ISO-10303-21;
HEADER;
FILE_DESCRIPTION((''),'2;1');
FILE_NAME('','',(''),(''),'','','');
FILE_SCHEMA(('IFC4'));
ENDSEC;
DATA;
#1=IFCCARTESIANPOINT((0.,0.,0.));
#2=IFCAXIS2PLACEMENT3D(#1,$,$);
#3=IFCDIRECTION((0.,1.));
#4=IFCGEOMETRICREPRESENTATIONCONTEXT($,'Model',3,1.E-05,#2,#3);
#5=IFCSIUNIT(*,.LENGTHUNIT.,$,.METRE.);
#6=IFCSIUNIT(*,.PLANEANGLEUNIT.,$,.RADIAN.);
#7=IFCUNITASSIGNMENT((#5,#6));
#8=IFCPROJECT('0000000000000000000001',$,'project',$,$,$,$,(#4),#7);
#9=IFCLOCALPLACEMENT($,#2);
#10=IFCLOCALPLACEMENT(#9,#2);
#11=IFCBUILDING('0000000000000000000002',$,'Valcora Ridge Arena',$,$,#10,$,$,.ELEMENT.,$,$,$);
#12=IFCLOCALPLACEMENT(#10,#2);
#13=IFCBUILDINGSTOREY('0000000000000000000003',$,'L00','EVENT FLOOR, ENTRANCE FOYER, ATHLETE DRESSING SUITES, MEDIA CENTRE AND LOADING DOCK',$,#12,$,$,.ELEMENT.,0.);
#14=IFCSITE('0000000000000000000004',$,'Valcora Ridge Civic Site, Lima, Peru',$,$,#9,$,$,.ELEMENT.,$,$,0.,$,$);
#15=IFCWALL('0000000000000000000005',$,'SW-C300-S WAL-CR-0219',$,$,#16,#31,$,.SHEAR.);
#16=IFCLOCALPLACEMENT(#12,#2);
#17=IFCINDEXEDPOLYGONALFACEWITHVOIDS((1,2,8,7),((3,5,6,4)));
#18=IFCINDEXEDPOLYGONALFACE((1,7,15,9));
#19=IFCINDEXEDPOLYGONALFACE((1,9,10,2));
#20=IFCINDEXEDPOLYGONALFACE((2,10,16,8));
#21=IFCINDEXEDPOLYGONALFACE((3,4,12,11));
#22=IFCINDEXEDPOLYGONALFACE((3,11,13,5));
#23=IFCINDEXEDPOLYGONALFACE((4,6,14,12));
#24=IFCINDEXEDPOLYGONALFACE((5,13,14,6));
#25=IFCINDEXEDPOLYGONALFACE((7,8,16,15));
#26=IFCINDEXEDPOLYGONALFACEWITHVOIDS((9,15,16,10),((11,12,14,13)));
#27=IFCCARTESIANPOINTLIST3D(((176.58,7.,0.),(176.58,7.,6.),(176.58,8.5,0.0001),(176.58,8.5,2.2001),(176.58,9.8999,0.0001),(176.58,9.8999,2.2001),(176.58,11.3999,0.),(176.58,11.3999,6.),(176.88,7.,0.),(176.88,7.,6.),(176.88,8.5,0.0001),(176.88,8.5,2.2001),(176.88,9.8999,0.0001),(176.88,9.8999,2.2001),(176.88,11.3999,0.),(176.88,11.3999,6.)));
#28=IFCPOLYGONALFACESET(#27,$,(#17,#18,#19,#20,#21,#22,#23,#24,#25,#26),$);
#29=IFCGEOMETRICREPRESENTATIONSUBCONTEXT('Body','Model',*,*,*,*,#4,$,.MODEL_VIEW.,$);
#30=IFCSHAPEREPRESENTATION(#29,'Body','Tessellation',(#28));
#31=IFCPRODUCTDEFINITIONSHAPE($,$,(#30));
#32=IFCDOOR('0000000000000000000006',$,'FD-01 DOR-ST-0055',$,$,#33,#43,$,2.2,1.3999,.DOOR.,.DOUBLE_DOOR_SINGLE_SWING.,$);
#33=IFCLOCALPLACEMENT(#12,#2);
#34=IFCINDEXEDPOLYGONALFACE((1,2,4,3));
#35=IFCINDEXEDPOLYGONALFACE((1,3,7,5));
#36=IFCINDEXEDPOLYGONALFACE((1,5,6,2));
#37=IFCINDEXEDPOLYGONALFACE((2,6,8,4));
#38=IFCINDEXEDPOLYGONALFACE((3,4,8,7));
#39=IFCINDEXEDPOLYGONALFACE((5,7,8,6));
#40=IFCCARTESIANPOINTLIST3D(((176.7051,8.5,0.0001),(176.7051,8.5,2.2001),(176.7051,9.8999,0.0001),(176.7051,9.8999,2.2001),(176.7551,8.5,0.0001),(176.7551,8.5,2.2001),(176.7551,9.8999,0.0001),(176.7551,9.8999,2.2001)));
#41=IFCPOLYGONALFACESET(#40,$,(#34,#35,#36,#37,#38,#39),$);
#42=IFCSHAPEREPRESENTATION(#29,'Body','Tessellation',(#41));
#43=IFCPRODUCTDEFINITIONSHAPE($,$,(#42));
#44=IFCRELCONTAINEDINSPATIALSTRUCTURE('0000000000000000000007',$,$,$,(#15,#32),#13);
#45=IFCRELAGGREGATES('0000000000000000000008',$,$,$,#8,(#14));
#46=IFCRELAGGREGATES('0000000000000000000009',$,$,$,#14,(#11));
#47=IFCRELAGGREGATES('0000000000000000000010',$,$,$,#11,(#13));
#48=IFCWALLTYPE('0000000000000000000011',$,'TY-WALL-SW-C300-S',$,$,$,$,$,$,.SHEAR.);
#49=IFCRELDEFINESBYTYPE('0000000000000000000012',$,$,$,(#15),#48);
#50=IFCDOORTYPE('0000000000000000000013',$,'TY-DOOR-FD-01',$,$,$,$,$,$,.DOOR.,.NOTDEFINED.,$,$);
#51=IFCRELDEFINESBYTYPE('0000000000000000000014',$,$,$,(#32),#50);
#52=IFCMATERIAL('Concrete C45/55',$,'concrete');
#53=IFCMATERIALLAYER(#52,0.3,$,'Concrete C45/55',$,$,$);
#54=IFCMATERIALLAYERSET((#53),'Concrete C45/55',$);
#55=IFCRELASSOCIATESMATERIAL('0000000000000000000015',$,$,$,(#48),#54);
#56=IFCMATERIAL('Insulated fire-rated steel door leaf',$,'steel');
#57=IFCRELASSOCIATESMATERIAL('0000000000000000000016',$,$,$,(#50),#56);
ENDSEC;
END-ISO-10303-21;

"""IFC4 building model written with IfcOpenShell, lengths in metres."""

from ifc_helpers import new_model, si_unit, direction, frame, frame_2d, origin, place, context, subcontext, project, spatial, rectangle, extrude, material, layer, layer_set, type_object, element, fill, save


model = new_model("IFC4")

# Units and contexts
model_context = context("Model", 3, precision=1e-05, world=origin(), true_north=direction((0.0, 1.0)))
body_context = subcontext(model_context, "Body", "Model", "MODEL_VIEW")
ifc_project = project(units=[si_unit("LENGTHUNIT", "METRE"), si_unit("PLANEANGLEUNIT", "RADIAN")], contexts=[model_context])

# Site, building, storey
site_placement = place(None, origin())
site = spatial("IfcSite", under=ifc_project, at=site_placement, Name="Valcora Ridge Civic Site, Lima, Peru", CompositionType="ELEMENT", RefElevation=0.0)
building_placement = place(site_placement, origin())
building = spatial("IfcBuilding", under=site, at=building_placement, Name="Valcora Ridge Arena", CompositionType="ELEMENT")
storey_placement = place(building_placement, origin())
storey = spatial("IfcBuildingStorey", under=building, at=storey_placement, Name="L00", Description="EVENT FLOOR, ENTRANCE FOYER, ATHLETE DRESSING SUITES, MEDIA CENTRE AND LOADING DOCK", CompositionType="ELEMENT", Elevation=0.0)

# Shared definitions
ifc_material_1 = material(Name="Concrete C45/55", Category="concrete")

# Wall, opening, door
ifc_layer_1 = layer(ifc_material_1, 0.3, Name="Concrete C45/55")
ifc_layer_set_1 = layer_set([ifc_layer_1], Name="Concrete C45/55")
wall_type_1 = type_object("IfcWallType", Name="TY-WALL-SW-C300-S", PredefinedType="SHEAR", material=ifc_layer_set_1)
wall_placement = place(storey_placement, frame((176.73, 7.0, 0.0), z_axis=(0.0, 0.0, 1.0), x_axis=(0.0, 1.0, 0.0)))
wall = element("IfcWall", 1, at=wall_placement, inside=storey, type_object=wall_type_1, Name="SW-C300-S WAL-CR-0219", PredefinedType="SHEAR", context=body_context, shape_type="SweptSolid", body=[
    extrude(rectangle(XDim=4.3999, YDim=0.3, at=frame_2d((2.2, 0.0))), origin(), (0.0, 0.0, 1.0), 6.0),
])
opening_placement = place(wall_placement, frame((1.5, 0.0, 0.0)))
opening = element("IfcOpeningElement", 2, at=opening_placement, cuts=wall, PredefinedType="OPENING", context=body_context, shape_type="SweptSolid", body=[
    extrude(rectangle(XDim=1.3999, YDim=2.2, at=frame_2d((0.7, 1.1001))), frame((0.0, 0.1599, 0.0), z_axis=(0.0, -1.0, 0.0), x_axis=(1.0, 0.0, 0.0)), (0.0, 0.0, 1.0), 0.3201),
])
ifc_material_2 = material(Name="Insulated fire-rated steel door leaf", Category="steel")
door_type = type_object("IfcDoorType", Name="TY-DOOR-FD-01", OperationType="NOTDEFINED", PredefinedType="DOOR", material=ifc_material_2)
door_placement = place(opening_placement, origin())
door = element("IfcDoor", 3, at=door_placement, inside=storey, type_object=door_type, Name="FD-01 DOR-ST-0055", OperationType="DOUBLE_DOOR_SINGLE_SWING", OverallHeight=2.2, OverallWidth=1.3999, PredefinedType="DOOR", context=body_context, shape_type="SweptSolid", body=[
    extrude(rectangle(XDim=1.3999, YDim=2.2, at=frame_2d((0.7, 1.1001))), frame((0.0, 0.0249, 0.0), z_axis=(0.0, -1.0, 0.0), x_axis=(1.0, 0.0, 0.0)), (0.0, 0.0, 1.0), 0.05),
])
fill(opening, door)

save(model, "model.ifc")
